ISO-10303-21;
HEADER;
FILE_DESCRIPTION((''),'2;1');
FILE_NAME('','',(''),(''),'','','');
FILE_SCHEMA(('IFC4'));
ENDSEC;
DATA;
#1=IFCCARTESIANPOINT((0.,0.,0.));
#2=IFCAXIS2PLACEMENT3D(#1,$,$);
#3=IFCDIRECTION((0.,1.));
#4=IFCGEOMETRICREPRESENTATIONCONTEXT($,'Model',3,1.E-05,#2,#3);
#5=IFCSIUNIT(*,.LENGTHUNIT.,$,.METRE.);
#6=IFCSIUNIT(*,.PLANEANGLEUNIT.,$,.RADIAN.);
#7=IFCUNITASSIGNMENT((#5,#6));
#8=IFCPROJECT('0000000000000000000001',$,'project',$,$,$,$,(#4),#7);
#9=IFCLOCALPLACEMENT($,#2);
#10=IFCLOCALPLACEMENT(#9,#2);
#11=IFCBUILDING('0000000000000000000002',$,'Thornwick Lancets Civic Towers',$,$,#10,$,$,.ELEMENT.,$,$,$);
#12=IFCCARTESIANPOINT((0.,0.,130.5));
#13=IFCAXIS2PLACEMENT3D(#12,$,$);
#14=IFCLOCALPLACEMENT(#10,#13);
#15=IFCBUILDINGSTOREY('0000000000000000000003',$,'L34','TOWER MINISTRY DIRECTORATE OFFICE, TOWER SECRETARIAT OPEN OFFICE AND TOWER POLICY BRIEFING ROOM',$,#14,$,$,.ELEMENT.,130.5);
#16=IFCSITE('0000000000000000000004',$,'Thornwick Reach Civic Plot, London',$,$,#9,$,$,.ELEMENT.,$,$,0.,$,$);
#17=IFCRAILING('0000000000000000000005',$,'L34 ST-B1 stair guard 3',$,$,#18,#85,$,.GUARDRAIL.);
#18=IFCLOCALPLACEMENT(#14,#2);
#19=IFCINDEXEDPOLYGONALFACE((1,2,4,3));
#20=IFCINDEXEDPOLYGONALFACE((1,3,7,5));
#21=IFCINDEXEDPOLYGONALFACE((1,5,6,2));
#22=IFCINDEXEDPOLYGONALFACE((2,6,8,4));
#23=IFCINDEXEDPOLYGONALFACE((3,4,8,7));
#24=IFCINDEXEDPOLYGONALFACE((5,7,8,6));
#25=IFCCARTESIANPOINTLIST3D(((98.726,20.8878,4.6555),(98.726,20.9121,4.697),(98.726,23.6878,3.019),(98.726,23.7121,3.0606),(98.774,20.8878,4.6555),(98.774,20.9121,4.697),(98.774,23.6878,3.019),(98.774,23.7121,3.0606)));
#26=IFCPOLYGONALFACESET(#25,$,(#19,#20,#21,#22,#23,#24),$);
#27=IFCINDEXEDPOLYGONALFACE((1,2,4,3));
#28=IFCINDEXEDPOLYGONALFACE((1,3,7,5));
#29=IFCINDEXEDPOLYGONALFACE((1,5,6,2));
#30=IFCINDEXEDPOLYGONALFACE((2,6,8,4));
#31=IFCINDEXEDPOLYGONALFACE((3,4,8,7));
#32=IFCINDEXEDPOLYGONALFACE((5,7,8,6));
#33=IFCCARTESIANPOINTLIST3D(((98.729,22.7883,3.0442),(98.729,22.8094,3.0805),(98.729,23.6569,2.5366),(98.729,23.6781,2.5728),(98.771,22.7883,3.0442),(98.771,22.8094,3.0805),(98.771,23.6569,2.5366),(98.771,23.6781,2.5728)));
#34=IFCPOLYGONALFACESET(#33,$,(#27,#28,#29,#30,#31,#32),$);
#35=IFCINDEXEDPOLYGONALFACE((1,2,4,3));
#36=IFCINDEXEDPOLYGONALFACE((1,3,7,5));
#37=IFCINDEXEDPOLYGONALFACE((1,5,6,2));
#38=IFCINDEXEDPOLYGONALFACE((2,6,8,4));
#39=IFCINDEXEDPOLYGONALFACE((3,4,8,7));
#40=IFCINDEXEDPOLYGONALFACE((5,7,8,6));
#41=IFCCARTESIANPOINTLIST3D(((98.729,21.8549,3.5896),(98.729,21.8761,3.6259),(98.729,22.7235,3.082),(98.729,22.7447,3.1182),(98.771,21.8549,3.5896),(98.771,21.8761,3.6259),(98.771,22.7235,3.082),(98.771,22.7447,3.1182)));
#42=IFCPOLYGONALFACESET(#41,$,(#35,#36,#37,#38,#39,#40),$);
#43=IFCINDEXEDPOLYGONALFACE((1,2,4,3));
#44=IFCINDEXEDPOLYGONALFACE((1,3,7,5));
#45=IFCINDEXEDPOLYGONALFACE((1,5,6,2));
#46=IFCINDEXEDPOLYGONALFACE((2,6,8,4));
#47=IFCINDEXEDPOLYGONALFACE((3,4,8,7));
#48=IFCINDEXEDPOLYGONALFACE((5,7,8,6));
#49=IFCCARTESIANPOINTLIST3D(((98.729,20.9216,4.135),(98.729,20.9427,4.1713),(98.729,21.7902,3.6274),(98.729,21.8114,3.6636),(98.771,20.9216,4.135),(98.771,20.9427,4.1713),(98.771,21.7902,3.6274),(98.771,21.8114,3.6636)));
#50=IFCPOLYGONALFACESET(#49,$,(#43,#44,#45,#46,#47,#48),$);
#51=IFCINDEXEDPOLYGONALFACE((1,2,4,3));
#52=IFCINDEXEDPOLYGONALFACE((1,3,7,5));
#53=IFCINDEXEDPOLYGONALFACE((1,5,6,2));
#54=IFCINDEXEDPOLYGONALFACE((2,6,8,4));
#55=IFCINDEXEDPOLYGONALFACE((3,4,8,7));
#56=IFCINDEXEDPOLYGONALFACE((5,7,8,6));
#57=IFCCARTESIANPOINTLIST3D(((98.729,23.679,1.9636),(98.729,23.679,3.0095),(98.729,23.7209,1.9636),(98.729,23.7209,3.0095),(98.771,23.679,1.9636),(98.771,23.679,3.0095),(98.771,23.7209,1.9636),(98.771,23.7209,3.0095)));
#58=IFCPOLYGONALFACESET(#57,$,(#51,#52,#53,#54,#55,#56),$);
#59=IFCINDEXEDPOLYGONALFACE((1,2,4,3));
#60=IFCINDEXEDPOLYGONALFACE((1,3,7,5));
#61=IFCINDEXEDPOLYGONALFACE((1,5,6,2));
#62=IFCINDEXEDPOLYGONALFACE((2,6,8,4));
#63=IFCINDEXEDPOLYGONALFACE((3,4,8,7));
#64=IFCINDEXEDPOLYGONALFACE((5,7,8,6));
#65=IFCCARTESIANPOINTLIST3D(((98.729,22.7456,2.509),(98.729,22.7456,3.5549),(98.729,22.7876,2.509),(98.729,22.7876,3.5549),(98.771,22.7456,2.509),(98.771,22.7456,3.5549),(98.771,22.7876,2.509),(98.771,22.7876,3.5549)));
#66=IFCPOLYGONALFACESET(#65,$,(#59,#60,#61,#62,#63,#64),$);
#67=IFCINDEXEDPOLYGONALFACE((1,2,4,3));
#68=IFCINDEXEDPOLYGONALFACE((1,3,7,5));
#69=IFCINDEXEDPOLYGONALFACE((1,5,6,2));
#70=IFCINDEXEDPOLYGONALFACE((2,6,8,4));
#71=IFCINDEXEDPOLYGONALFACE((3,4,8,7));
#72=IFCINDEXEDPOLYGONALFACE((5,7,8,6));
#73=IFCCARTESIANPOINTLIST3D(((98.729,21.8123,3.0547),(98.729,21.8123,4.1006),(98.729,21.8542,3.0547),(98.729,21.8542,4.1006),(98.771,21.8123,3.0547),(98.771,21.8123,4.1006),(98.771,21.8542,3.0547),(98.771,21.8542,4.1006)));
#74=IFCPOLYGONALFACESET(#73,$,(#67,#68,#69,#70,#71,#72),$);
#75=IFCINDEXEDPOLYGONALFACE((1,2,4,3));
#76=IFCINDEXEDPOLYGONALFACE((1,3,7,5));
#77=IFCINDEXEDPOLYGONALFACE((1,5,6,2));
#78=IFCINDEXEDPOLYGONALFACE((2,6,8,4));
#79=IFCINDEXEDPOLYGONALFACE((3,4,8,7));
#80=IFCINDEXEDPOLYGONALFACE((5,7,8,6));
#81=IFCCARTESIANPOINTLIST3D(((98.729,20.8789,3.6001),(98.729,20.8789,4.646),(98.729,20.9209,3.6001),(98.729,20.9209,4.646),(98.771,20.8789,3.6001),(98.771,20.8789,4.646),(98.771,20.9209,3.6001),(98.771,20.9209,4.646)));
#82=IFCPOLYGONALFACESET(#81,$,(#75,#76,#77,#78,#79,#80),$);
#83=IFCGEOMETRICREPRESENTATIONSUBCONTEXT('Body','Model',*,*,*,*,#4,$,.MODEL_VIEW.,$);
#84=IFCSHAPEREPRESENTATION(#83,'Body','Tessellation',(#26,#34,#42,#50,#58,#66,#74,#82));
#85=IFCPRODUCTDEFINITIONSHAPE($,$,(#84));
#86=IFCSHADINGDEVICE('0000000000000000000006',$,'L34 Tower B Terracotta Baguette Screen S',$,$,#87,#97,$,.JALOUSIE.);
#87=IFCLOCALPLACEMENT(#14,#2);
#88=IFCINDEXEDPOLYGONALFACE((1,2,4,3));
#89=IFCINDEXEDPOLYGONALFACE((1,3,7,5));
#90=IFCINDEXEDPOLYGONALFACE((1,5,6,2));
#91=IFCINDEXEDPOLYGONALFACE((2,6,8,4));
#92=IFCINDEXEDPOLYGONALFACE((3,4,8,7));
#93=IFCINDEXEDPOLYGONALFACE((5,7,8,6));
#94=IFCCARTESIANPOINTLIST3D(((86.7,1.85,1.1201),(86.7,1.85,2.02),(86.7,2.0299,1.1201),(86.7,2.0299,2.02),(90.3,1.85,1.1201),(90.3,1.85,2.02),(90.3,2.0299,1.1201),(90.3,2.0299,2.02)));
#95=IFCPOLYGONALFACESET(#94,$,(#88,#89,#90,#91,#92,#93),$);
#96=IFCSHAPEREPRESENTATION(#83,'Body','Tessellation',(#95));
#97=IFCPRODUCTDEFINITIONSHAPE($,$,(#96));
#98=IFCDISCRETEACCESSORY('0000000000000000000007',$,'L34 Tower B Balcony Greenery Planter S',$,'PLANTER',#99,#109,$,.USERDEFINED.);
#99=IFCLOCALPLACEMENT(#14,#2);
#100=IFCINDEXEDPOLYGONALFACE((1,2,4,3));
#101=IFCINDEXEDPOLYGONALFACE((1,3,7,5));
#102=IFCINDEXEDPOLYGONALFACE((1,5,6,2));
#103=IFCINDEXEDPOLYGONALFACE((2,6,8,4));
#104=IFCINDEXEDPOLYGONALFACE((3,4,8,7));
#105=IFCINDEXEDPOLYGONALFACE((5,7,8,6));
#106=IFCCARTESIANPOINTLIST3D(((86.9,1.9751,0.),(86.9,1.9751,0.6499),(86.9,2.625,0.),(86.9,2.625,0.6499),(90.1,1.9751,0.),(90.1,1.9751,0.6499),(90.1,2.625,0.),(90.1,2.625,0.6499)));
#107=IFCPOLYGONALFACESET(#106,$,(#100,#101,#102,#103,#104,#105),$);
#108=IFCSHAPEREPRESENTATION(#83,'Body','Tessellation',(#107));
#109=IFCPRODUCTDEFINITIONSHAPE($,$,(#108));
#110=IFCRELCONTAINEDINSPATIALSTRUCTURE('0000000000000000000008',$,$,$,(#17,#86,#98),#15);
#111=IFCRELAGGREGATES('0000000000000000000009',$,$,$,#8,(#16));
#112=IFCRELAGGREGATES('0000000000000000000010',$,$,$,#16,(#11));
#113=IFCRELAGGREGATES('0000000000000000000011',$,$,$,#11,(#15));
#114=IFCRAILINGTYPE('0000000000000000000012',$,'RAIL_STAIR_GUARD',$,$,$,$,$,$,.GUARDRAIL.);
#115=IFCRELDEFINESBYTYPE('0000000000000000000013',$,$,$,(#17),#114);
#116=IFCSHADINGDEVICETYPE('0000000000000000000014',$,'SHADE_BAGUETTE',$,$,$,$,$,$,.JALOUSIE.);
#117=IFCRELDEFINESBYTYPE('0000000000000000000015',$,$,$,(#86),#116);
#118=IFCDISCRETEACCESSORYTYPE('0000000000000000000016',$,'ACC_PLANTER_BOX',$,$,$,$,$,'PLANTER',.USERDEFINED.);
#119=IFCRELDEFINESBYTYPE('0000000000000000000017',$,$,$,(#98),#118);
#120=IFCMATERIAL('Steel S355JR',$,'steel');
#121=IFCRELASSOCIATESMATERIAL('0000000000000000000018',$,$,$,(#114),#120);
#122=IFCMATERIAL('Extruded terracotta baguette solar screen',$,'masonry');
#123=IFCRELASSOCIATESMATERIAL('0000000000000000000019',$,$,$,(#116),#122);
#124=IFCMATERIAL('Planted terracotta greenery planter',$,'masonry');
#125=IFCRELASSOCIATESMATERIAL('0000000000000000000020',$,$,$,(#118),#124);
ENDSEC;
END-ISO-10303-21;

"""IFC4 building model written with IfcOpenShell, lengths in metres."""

from ifc_helpers import new_model, si_unit, direction, frame, origin, origin_2d, place, context, subcontext, project, spatial, rectangle, extrude, material, type_object, element, save


model = new_model("IFC4")

# Units and contexts
model_context = context("Model", 3, precision=1e-05, world=origin(), true_north=direction((0.0, 1.0)))
body_context = subcontext(model_context, "Body", "Model", "MODEL_VIEW")
ifc_project = project(units=[si_unit("LENGTHUNIT", "METRE"), si_unit("PLANEANGLEUNIT", "RADIAN")], contexts=[model_context])

# Site, building, storey
site_placement = place(None, origin())
site = spatial("IfcSite", under=ifc_project, at=site_placement, Name="Thornwick Reach Civic Plot, London", CompositionType="ELEMENT", RefElevation=0.0)
building_placement = place(site_placement, origin())
building = spatial("IfcBuilding", under=site, at=building_placement, Name="Thornwick Lancets Civic Towers", CompositionType="ELEMENT")
storey_placement = place(building_placement, frame((0.0, 0.0, 130.5)))
storey = spatial("IfcBuildingStorey", under=building, at=storey_placement, Name="L34", Description="TOWER MINISTRY DIRECTORATE OFFICE, TOWER SECRETARIAT OPEN OFFICE AND TOWER POLICY BRIEFING ROOM", CompositionType="ELEMENT", Elevation=130.5)

# Shared definitions
ifc_material_1 = material(Name="Steel S355JR", Category="steel")

# Railing
railing_type_1 = type_object("IfcRailingType", Name="RAIL_STAIR_GUARD", PredefinedType="GUARDRAIL", material=ifc_material_1)
railing_1_placement = place(storey_placement, frame((98.75, 23.7, 1.9636)))
element("IfcRailing", 1, at=railing_1_placement, inside=storey, type_object=railing_type_1, Name="L34 ST-B1 stair guard 3", PredefinedType="GUARDRAIL", context=body_context, shape_type="SweptSolid", body=[
    extrude(rectangle(XDim=0.0481, YDim=0.0481, at=origin_2d()), frame((0.0, 0.0, 1.0762), z_axis=(0.0, -0.863361, 0.504587), x_axis=(1.0, 0.0, 0.0)), (0.0, 0.0, 1.0), 3.2432),
    extrude(rectangle(XDim=0.042, YDim=0.042, at=origin_2d()), frame((0.0, -0.0325, 0.5911), z_axis=(0.0, -0.863361, 0.504587), x_axis=(1.0, 0.0, 0.0)), (0.0, 0.0, 1.0), 1.0061),
    extrude(rectangle(XDim=0.042, YDim=0.042, at=origin_2d()), frame((0.0, -0.9658, 1.1365), z_axis=(0.0, -0.863361, 0.504587), x_axis=(1.0, 0.0, 0.0)), (0.0, 0.0, 1.0), 1.0061),
    extrude(rectangle(XDim=0.042, YDim=0.042, at=origin_2d()), frame((0.0, -1.8992, 1.6819), z_axis=(0.0, -0.863361, 0.504587), x_axis=(1.0, 0.0, 0.0)), (0.0, 0.0, 1.0), 1.0061),
    extrude(rectangle(XDim=0.042, YDim=0.042, at=origin_2d()), origin(), (0.0, 0.0, 1.0), 1.0459),
    extrude(rectangle(XDim=0.042, YDim=0.042, at=origin_2d()), frame((0.0, -0.9333, 0.5454)), (0.0, 0.0, 1.0), 1.0459),
    extrude(rectangle(XDim=0.042, YDim=0.042, at=origin_2d()), frame((0.0, -1.8667, 1.0911)), (0.0, 0.0, 1.0), 1.0459),
    extrude(rectangle(XDim=0.042, YDim=0.042, at=origin_2d()), frame((0.0, -2.8, 1.6365)), (0.0, 0.0, 1.0), 1.0459),
])

# Shading device
ifc_material_2 = material(Name="Extruded terracotta baguette solar screen", Category="masonry")
shading_device_type = type_object("IfcShadingDeviceType", Name="SHADE_BAGUETTE", PredefinedType="JALOUSIE", material=ifc_material_2)
shading_device_placement = place(storey_placement, frame((88.5, 1.9399, 1.1201), z_axis=(0.0, 0.0, 1.0), x_axis=(1.0, 0.0, 0.0)))
element("IfcShadingDevice", 2, at=shading_device_placement, inside=storey, type_object=shading_device_type, Name="L34 Tower B Terracotta Baguette Screen S", PredefinedType="JALOUSIE", context=body_context, shape_type="SweptSolid", body=[
    extrude(rectangle(XDim=3.6001, YDim=0.1799, at=origin_2d()), origin(), (0.0, 0.0, 1.0), 0.8999),
])

# Discrete accessory
ifc_material_3 = material(Name="Planted terracotta greenery planter", Category="masonry")
discrete_accessory_type = type_object("IfcDiscreteAccessoryType", Name="ACC_PLANTER_BOX", ElementType="PLANTER", PredefinedType="USERDEFINED", material=ifc_material_3)
discrete_accessory_placement = place(storey_placement, frame((88.5, 2.3, 0.0), z_axis=(0.0, 0.0, 1.0), x_axis=(1.0, 0.0, 0.0)))
element("IfcDiscreteAccessory", 3, at=discrete_accessory_placement, inside=storey, type_object=discrete_accessory_type, Name="L34 Tower B Balcony Greenery Planter S", ObjectType="PLANTER", PredefinedType="USERDEFINED", context=body_context, shape_type="SweptSolid", body=[
    extrude(rectangle(XDim=3.2, YDim=0.6499, at=origin_2d()), origin(), (0.0, 0.0, 1.0), 0.6499),
])

save(model, "model.ifc")
